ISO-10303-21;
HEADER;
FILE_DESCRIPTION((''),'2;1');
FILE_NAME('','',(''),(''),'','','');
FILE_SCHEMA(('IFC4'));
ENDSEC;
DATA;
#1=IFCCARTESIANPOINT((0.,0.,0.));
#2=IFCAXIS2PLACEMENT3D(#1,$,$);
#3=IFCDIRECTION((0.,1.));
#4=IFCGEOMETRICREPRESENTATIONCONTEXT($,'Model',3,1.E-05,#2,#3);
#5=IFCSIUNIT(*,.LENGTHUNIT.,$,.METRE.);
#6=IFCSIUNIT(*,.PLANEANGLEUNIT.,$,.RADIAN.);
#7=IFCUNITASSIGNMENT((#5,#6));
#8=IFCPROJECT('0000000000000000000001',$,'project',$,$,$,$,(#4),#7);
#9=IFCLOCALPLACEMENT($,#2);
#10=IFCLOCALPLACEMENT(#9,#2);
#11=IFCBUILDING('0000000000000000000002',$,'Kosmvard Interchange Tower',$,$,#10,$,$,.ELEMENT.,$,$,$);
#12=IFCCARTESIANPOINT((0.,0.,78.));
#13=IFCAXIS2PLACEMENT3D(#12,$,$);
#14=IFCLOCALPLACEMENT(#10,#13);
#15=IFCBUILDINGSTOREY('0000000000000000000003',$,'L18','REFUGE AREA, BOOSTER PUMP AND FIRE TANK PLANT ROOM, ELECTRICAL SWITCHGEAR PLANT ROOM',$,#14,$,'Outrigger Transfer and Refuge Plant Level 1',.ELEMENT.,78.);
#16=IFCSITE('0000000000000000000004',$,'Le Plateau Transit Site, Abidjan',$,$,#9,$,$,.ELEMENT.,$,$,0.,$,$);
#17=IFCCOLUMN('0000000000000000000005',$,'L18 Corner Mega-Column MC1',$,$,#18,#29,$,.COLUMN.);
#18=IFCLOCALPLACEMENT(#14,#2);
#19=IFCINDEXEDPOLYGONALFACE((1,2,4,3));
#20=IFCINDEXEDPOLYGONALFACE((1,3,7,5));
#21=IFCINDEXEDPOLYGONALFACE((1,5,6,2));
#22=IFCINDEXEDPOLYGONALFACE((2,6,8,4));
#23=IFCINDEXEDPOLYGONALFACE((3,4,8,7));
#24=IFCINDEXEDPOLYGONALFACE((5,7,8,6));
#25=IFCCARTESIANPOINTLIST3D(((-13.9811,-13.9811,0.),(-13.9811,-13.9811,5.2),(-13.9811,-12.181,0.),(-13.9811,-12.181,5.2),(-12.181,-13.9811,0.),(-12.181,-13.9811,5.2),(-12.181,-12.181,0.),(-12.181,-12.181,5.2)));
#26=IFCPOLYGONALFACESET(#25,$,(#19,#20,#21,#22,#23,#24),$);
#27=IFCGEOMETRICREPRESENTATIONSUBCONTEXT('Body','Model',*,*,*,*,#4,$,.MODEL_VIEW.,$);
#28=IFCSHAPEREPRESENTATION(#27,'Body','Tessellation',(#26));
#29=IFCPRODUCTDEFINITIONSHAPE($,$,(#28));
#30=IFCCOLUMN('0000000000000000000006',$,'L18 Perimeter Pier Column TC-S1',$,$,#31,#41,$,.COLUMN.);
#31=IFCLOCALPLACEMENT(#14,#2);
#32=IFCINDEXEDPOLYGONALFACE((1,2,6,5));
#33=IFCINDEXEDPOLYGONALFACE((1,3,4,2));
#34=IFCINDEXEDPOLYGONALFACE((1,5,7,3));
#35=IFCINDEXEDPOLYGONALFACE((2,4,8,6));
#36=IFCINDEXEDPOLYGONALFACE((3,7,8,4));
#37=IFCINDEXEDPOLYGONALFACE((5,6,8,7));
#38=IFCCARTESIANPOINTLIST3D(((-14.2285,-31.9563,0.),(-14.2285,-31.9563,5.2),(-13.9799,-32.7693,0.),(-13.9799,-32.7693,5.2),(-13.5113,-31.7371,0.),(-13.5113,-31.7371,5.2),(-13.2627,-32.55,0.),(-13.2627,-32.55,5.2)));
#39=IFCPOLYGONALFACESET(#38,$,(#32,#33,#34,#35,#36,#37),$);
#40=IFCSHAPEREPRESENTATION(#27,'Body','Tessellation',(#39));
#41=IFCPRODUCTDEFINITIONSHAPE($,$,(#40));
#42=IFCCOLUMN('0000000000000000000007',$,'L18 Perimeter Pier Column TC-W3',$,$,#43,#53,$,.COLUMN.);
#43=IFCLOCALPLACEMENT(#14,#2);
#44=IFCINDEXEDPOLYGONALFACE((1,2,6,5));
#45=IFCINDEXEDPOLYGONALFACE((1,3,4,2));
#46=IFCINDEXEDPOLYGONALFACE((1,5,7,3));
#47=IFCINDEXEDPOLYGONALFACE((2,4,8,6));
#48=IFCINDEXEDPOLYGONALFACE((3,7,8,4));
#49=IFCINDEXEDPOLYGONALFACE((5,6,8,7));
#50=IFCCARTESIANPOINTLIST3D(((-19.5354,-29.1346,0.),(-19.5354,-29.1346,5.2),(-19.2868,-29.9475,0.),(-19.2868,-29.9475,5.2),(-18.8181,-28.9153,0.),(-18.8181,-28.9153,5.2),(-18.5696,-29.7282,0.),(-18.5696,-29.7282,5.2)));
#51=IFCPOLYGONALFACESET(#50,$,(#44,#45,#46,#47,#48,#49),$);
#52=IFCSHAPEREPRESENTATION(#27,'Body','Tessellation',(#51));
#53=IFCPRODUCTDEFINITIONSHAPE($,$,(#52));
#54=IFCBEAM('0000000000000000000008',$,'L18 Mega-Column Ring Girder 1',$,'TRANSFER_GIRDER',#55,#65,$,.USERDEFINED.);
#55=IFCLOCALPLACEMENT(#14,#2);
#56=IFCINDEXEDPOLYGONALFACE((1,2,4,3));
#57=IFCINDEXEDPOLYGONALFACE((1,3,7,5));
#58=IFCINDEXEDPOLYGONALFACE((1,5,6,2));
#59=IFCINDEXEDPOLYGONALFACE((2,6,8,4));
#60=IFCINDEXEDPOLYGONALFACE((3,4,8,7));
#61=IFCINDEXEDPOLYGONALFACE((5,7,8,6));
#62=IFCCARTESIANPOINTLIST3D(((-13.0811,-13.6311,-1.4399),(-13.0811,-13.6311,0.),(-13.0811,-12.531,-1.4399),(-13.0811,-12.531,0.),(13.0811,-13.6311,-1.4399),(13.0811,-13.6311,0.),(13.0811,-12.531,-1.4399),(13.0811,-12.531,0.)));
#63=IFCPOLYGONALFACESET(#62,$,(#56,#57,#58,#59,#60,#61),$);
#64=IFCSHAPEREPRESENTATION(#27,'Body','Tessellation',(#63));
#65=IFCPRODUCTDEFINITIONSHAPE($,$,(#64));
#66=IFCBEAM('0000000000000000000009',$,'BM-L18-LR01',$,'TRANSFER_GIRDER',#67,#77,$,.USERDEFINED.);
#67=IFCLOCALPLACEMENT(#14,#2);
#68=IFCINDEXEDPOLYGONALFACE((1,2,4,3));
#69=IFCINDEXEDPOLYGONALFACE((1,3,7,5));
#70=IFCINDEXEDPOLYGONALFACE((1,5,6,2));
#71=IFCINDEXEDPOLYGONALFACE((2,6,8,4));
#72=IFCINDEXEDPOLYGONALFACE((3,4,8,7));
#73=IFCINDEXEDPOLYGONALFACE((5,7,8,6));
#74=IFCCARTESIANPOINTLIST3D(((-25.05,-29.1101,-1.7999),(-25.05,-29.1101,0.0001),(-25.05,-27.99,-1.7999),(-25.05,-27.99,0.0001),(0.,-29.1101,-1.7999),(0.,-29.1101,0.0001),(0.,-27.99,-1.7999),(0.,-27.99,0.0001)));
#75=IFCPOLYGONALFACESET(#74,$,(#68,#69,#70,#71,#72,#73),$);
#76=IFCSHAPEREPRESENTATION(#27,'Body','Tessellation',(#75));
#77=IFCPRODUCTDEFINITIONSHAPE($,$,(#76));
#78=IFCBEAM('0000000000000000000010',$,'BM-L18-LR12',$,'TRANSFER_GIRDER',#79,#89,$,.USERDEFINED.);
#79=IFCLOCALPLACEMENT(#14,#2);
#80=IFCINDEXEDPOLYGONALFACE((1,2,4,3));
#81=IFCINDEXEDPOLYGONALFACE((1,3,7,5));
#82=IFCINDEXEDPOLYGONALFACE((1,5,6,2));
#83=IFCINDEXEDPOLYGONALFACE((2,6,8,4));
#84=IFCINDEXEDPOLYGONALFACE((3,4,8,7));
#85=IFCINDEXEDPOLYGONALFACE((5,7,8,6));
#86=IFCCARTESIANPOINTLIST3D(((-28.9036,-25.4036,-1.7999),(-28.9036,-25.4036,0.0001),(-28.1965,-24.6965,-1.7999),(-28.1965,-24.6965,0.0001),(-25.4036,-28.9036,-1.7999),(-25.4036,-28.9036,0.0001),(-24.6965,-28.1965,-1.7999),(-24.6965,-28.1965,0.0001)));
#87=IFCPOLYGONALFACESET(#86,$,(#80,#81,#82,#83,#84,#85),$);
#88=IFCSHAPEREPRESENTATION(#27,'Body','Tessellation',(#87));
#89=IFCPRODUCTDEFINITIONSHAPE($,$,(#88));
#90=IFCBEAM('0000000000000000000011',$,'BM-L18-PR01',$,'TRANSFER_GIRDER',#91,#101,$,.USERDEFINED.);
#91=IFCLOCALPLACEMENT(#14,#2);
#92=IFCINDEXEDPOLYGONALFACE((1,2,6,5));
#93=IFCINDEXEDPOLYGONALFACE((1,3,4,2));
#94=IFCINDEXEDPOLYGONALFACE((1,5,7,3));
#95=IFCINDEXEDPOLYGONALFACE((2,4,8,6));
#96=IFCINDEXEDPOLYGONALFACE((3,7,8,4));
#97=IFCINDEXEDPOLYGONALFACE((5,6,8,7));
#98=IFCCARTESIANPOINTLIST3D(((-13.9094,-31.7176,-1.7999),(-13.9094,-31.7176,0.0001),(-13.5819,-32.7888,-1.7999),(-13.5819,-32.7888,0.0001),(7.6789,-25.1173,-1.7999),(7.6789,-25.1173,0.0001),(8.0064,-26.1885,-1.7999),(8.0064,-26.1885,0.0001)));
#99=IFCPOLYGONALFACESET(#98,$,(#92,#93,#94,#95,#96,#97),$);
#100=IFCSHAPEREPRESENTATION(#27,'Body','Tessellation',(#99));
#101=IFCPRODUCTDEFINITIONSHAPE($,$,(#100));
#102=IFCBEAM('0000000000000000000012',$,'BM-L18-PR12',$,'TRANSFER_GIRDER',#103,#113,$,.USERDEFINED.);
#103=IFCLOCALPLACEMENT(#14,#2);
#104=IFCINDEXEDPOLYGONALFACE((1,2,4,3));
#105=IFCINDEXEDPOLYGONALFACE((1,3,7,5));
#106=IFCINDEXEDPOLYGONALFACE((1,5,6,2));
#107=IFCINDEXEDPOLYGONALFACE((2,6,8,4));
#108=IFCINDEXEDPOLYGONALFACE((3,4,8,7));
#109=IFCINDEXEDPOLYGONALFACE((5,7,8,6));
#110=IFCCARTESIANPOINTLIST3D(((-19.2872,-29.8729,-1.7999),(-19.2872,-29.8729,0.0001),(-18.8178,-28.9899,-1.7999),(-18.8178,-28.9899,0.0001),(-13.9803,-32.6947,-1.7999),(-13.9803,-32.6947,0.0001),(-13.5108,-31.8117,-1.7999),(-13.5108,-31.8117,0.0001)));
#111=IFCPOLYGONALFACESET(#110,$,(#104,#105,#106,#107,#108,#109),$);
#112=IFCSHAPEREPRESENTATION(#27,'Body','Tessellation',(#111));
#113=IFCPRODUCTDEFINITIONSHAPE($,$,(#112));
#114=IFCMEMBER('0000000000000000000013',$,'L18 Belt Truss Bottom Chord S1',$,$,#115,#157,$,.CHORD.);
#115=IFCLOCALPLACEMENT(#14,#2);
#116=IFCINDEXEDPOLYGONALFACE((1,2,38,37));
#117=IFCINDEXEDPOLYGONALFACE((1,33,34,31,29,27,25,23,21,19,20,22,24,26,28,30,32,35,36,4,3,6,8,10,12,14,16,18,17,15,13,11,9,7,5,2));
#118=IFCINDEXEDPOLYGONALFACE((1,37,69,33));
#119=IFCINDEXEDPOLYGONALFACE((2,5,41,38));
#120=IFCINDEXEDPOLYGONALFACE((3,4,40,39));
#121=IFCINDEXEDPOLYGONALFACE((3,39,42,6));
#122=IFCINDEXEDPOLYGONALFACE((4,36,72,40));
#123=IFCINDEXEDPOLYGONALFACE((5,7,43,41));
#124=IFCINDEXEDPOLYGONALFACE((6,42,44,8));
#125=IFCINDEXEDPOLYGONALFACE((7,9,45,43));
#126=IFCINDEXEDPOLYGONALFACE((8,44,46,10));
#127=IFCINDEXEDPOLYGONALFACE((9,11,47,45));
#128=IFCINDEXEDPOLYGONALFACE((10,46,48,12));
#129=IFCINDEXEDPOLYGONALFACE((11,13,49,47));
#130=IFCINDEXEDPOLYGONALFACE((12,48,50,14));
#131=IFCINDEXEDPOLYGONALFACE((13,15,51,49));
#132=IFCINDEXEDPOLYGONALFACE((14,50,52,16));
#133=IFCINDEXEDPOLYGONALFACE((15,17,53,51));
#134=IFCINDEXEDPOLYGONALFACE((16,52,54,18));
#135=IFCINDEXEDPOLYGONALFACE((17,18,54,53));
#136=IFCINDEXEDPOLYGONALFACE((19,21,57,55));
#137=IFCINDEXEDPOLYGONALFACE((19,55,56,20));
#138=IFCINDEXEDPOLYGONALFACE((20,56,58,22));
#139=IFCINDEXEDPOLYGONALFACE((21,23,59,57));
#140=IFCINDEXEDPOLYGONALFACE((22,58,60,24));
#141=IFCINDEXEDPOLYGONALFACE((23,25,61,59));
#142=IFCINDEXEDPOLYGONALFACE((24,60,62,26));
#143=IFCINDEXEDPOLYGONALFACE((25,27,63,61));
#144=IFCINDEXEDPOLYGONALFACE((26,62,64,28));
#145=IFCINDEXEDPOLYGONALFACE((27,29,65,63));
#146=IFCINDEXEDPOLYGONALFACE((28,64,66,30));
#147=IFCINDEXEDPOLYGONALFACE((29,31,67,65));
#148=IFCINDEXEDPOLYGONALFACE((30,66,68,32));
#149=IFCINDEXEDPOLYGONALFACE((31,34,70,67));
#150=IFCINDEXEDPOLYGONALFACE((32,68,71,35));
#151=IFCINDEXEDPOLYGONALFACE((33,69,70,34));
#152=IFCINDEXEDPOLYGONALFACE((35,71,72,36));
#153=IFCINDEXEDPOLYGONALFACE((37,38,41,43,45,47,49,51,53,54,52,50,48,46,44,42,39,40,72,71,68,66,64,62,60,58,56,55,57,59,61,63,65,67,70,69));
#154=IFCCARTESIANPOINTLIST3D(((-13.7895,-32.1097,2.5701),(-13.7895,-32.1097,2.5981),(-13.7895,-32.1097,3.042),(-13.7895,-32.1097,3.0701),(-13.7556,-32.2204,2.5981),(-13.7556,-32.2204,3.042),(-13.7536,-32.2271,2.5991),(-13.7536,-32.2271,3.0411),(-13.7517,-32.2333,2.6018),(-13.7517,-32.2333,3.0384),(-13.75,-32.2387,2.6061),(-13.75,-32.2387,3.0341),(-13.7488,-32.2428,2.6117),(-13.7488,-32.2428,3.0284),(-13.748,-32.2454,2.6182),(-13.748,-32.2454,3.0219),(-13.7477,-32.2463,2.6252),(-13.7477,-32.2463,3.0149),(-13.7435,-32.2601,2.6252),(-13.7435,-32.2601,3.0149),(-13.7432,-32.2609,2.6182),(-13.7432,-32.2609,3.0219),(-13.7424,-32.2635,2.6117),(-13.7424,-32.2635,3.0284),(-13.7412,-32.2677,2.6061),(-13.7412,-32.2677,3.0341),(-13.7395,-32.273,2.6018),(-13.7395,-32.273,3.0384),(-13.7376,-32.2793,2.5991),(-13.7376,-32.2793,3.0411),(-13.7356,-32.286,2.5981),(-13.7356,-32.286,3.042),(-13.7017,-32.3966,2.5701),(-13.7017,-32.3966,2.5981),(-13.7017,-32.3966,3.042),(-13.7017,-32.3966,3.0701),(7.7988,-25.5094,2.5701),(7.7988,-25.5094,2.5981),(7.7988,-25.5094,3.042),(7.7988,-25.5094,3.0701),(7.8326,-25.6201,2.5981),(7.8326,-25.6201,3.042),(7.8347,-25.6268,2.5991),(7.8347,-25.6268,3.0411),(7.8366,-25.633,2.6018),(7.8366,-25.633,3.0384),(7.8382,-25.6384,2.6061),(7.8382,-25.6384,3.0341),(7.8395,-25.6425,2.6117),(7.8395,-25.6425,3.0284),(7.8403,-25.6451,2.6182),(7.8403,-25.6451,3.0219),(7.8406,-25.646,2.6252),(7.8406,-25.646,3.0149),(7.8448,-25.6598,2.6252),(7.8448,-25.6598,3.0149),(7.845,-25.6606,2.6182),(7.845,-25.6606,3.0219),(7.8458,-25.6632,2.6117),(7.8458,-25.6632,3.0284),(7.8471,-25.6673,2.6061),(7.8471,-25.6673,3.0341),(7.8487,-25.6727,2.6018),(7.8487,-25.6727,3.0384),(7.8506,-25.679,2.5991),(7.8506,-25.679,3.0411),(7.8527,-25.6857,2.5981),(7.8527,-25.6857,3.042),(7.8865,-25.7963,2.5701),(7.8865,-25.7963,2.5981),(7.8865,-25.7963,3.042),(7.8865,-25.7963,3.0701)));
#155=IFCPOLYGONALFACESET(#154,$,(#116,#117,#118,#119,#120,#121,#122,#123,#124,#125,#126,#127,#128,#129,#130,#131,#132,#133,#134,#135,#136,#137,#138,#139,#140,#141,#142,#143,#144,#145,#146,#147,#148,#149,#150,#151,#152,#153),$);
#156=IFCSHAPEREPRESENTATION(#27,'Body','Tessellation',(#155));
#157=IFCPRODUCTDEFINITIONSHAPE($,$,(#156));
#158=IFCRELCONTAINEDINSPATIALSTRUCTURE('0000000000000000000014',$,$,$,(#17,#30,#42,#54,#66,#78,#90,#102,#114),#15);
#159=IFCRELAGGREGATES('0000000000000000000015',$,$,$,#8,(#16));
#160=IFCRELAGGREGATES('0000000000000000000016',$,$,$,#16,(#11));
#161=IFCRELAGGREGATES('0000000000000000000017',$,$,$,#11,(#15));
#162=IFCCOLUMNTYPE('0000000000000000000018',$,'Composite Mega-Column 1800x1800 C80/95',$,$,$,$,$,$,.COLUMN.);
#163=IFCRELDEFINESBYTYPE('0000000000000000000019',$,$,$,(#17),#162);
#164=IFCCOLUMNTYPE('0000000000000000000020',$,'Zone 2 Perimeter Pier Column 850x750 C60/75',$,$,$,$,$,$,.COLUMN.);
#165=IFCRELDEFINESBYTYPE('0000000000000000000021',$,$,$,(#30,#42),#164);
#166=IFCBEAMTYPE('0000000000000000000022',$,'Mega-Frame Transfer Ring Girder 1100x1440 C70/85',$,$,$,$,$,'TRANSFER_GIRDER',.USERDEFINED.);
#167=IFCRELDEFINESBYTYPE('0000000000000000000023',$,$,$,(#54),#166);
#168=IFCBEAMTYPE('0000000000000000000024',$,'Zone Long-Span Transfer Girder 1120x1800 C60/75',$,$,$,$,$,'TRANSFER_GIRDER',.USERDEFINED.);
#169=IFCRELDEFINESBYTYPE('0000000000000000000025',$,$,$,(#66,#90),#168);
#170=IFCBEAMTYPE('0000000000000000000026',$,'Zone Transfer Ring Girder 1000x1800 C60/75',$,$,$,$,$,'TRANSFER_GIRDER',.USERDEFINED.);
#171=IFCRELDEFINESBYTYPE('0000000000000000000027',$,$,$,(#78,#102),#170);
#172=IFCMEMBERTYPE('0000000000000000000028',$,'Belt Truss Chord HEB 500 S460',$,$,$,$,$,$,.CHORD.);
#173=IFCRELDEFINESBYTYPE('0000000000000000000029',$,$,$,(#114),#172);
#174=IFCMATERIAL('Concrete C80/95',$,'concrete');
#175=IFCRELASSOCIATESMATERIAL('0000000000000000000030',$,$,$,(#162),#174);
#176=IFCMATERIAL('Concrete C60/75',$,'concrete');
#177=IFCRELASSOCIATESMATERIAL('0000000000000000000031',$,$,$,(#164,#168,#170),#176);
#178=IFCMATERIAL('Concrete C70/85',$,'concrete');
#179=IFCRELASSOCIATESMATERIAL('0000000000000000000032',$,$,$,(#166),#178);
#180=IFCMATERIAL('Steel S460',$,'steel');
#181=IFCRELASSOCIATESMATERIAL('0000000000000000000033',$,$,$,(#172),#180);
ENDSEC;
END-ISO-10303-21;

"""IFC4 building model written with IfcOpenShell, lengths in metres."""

from ifc_helpers import new_model, si_unit, direction, frame, origin, origin_2d, place, context, subcontext, project, spatial, rectangle, i_section, extrude, source, transform, mapped, material, material_profile, profile_set, type_object, element, save


model = new_model("IFC4")

# Units and contexts
model_context = context("Model", 3, precision=1e-05, world=origin(), true_north=direction((0.0, 1.0)))
body_context = subcontext(model_context, "Body", "Model", "MODEL_VIEW")
ifc_project = project(units=[si_unit("LENGTHUNIT", "METRE"), si_unit("PLANEANGLEUNIT", "RADIAN")], contexts=[model_context])

# Site, building, storey
site_placement = place(None, origin())
site = spatial("IfcSite", under=ifc_project, at=site_placement, Name="Le Plateau Transit Site, Abidjan", CompositionType="ELEMENT", RefElevation=0.0)
building_placement = place(site_placement, origin())
building = spatial("IfcBuilding", under=site, at=building_placement, Name="Kosmvard Interchange Tower", CompositionType="ELEMENT")
storey_placement = place(building_placement, frame((0.0, 0.0, 78.0)))
storey = spatial("IfcBuildingStorey", under=building, at=storey_placement, Name="L18", Description="REFUGE AREA, BOOSTER PUMP AND FIRE TANK PLANT ROOM, ELECTRICAL SWITCHGEAR PLANT ROOM", LongName="Outrigger Transfer and Refuge Plant Level 1", CompositionType="ELEMENT", Elevation=78.0)

# Columns
ifc_material_1 = material(Name="Concrete C80/95", Category="concrete")
ifc_material_profile_1 = material_profile(ifc_material_1, rectangle(XDim=1.8, YDim=1.8, at=origin_2d()), Name="MC 1800x1800")
ifc_profile_set_1 = profile_set([ifc_material_profile_1], Name="Concrete C80/95")
column_type_1 = type_object("IfcColumnType", Name="Composite Mega-Column 1800x1800 C80/95", PredefinedType="COLUMN", material=ifc_profile_set_1)
shared_shape_1 = source(origin(), body_context, "Body", "SweptSolid", [
    extrude(rectangle(XDim=1.8, YDim=1.8, at=origin_2d()), origin(), (0.0, 0.0, 1.0), 5.2),
])
column_placement = place(storey_placement, frame((-13.0811, -13.0811, 0.0), z_axis=(0.0, 0.0, 1.0), x_axis=(1.0, 0.0, 0.0)))
element("IfcColumn", 1, at=column_placement, inside=storey, type_object=column_type_1, Name="L18 Corner Mega-Column MC1", PredefinedType="COLUMN", context=body_context, shape_type="MappedRepresentation", body=[
    mapped(shared_shape_1, transform((0.0, 0.0, 0.0), scale=1.0)),
])
ifc_material_2 = material(Name="Concrete C60/75", Category="concrete")
ifc_material_profile_2 = material_profile(ifc_material_2, rectangle(XDim=0.75, YDim=0.8501, at=origin_2d()), Name="TC 850x750")
ifc_profile_set_2 = profile_set([ifc_material_profile_2], Name="Concrete C60/75")
column_type_2 = type_object("IfcColumnType", Name="Zone 2 Perimeter Pier Column 850x750 C60/75", PredefinedType="COLUMN", material=ifc_profile_set_2)
shared_shape_2 = source(origin(), body_context, "Body", "SweptSolid", [
    extrude(rectangle(XDim=0.75, YDim=0.8501, at=origin_2d()), origin(), (0.0, 0.0, 1.0), 5.2),
])
for number, where, z_axis, x_axis, name in (
    (2, (-13.7456, -32.2532, 0.0), (0.0, 0.0, 1.0), (0.956305, 0.292372, 0.0), "L18 Perimeter Pier Column TC-S1"),
    (3, (-19.0525, -29.4314, 0.0), (0.0, 0.0, 1.0), (0.956305, 0.292372, 0.0), "L18 Perimeter Pier Column TC-W3"),
):
    element("IfcColumn", number, at=place(storey_placement, frame(where, z_axis=z_axis, x_axis=x_axis)), inside=storey, type_object=column_type_2, Name=name, PredefinedType="COLUMN", context=body_context, shape_type="MappedRepresentation", body=[
        mapped(shared_shape_2, transform((0.0, 0.0, 0.0), scale=1.0)),
    ])

# Beams
ifc_material_3 = material(Name="Concrete C70/85", Category="concrete")
ifc_material_profile_3 = material_profile(ifc_material_3, rectangle(XDim=1.1001, YDim=1.4399, at=origin_2d()), Name="TG 1100x1440")
ifc_profile_set_3 = profile_set([ifc_material_profile_3], Name="Concrete C70/85")
beam_type_1 = type_object("IfcBeamType", Name="Mega-Frame Transfer Ring Girder 1100x1440 C70/85", ElementType="TRANSFER_GIRDER", PredefinedType="USERDEFINED", material=ifc_profile_set_3)
shared_shape_3 = source(origin(), body_context, "Body", "SweptSolid", [
    extrude(rectangle(XDim=1.1001, YDim=1.4399, at=origin_2d()), origin(), (0.0, 0.0, 1.0), 26.1621),
])
beam_1_placement = place(storey_placement, frame((-13.0811, -13.0811, -0.72), z_axis=(1.0, 0.0, 0.0), x_axis=(0.0, 1.0, 0.0)))
element("IfcBeam", 4, at=beam_1_placement, inside=storey, type_object=beam_type_1, Name="L18 Mega-Column Ring Girder 1", ObjectType="TRANSFER_GIRDER", PredefinedType="USERDEFINED", context=body_context, shape_type="MappedRepresentation", body=[
    mapped(shared_shape_3, transform((0.0, 0.0, 0.0), scale=1.0)),
])
ifc_material_profile_4 = material_profile(ifc_material_2, rectangle(XDim=1.1201, YDim=1.8, at=origin_2d()), Name="TG 1120x1800")
ifc_profile_set_4 = profile_set([ifc_material_profile_4], Name="Concrete C60/75")
beam_type_2 = type_object("IfcBeamType", Name="Zone Long-Span Transfer Girder 1120x1800 C60/75", ElementType="TRANSFER_GIRDER", PredefinedType="USERDEFINED", material=ifc_profile_set_4)
shared_shape_4 = source(origin(), body_context, "Body", "SweptSolid", [
    extrude(rectangle(XDim=1.1201, YDim=1.8, at=origin_2d()), origin(), (0.0, 0.0, 1.0), 25.05),
])
beam_2_placement = place(storey_placement, frame((-25.05, -28.55, -0.8999), z_axis=(1.0, 0.0, 0.0), x_axis=(0.0, 1.0, 0.0)))
element("IfcBeam", 5, at=beam_2_placement, inside=storey, type_object=beam_type_2, Name="BM-L18-LR01", ObjectType="TRANSFER_GIRDER", PredefinedType="USERDEFINED", context=body_context, shape_type="MappedRepresentation", body=[
    mapped(shared_shape_4, transform((0.0, 0.0, 0.0), scale=1.0)),
])
ifc_material_profile_5 = material_profile(ifc_material_2, rectangle(XDim=1.0, YDim=1.8, at=origin_2d()), Name="TG 1000x1800")
ifc_profile_set_5 = profile_set([ifc_material_profile_5], Name="Concrete C60/75")
beam_type_3 = type_object("IfcBeamType", Name="Zone Transfer Ring Girder 1000x1800 C60/75", ElementType="TRANSFER_GIRDER", PredefinedType="USERDEFINED", material=ifc_profile_set_5)
shared_shape_5 = source(origin(), body_context, "Body", "SweptSolid", [
    extrude(rectangle(XDim=1.0, YDim=1.8, at=origin_2d()), origin(), (0.0, 0.0, 1.0), 4.9497),
])
beam_3_placement = place(storey_placement, frame((-28.55, -25.05, -0.8999), z_axis=(0.707107, -0.707107, 0.0), x_axis=(0.707107, 0.707107, 0.0)))
element("IfcBeam", 6, at=beam_3_placement, inside=storey, type_object=beam_type_3, Name="BM-L18-LR12", ObjectType="TRANSFER_GIRDER", PredefinedType="USERDEFINED", context=body_context, shape_type="MappedRepresentation", body=[
    mapped(shared_shape_5, transform((0.0, 0.0, 0.0), scale=1.0)),
])
shared_shape_6 = source(origin(), body_context, "Body", "SweptSolid", [
    extrude(rectangle(XDim=1.1201, YDim=1.8, at=origin_2d()), origin(), (0.0, 0.0, 1.0), 22.5747),
])
beam_4_placement = place(storey_placement, frame((-13.7456, -32.2532, -0.8999), z_axis=(0.956303, 0.292376, 0.0), x_axis=(-0.292376, 0.956303, 0.0)))
element("IfcBeam", 7, at=beam_4_placement, inside=storey, type_object=beam_type_2, Name="BM-L18-PR01", ObjectType="TRANSFER_GIRDER", PredefinedType="USERDEFINED", context=body_context, shape_type="MappedRepresentation", body=[
    mapped(shared_shape_6, transform((0.0, 0.0, 0.0), scale=1.0)),
])
shared_shape_7 = source(origin(), body_context, "Body", "SweptSolid", [
    extrude(rectangle(XDim=1.0, YDim=1.8, at=origin_2d()), origin(), (0.0, 0.0, 1.0), 6.0105),
])
beam_5_placement = place(storey_placement, frame((-19.0525, -29.4314, -0.8999), z_axis=(0.882944, -0.469479, 0.0), x_axis=(0.469479, 0.882944, 0.0)))
element("IfcBeam", 8, at=beam_5_placement, inside=storey, type_object=beam_type_3, Name="BM-L18-PR12", ObjectType="TRANSFER_GIRDER", PredefinedType="USERDEFINED", context=body_context, shape_type="MappedRepresentation", body=[
    mapped(shared_shape_7, transform((0.0, 0.0, 0.0), scale=1.0)),
])

# Member
ifc_material_4 = material(Name="Steel S460", Category="steel")
ifc_material_profile_6 = material_profile(ifc_material_4, i_section(OverallWidth=0.3, OverallDepth=0.5, WebThickness=0.0144, FlangeThickness=0.0281, FilletRadius=0.0271, at=origin_2d()), Name="HEB 500")
ifc_profile_set_6 = profile_set([ifc_material_profile_6], Name="Steel S460")
member_type_1 = type_object("IfcMemberType", Name="Belt Truss Chord HEB 500 S460", PredefinedType="CHORD", material=ifc_profile_set_6)
shared_shape_8 = source(origin(), body_context, "Body", "SweptSolid", [
    extrude(i_section(OverallWidth=0.3, OverallDepth=0.5, WebThickness=0.0144, FlangeThickness=0.0281, FilletRadius=0.0271, at=origin_2d()), origin(), (0.0, 0.0, 1.0), 22.5747),
])
for number, where, z_axis, x_axis, name in (
    (9, (-13.7456, -32.2532, 2.8201), (0.956303, 0.292376, 0.0), (-0.292376, 0.956303, 0.0), "L18 Belt Truss Bottom Chord S1"),
):
    element("IfcMember", number, at=place(storey_placement, frame(where, z_axis=z_axis, x_axis=x_axis)), inside=storey, type_object=member_type_1, Name=name, PredefinedType="CHORD", context=body_context, shape_type="MappedRepresentation", body=[
        mapped(shared_shape_8, transform((0.0, 0.0, 0.0), scale=1.0)),
    ])

save(model, "model.ifc")
